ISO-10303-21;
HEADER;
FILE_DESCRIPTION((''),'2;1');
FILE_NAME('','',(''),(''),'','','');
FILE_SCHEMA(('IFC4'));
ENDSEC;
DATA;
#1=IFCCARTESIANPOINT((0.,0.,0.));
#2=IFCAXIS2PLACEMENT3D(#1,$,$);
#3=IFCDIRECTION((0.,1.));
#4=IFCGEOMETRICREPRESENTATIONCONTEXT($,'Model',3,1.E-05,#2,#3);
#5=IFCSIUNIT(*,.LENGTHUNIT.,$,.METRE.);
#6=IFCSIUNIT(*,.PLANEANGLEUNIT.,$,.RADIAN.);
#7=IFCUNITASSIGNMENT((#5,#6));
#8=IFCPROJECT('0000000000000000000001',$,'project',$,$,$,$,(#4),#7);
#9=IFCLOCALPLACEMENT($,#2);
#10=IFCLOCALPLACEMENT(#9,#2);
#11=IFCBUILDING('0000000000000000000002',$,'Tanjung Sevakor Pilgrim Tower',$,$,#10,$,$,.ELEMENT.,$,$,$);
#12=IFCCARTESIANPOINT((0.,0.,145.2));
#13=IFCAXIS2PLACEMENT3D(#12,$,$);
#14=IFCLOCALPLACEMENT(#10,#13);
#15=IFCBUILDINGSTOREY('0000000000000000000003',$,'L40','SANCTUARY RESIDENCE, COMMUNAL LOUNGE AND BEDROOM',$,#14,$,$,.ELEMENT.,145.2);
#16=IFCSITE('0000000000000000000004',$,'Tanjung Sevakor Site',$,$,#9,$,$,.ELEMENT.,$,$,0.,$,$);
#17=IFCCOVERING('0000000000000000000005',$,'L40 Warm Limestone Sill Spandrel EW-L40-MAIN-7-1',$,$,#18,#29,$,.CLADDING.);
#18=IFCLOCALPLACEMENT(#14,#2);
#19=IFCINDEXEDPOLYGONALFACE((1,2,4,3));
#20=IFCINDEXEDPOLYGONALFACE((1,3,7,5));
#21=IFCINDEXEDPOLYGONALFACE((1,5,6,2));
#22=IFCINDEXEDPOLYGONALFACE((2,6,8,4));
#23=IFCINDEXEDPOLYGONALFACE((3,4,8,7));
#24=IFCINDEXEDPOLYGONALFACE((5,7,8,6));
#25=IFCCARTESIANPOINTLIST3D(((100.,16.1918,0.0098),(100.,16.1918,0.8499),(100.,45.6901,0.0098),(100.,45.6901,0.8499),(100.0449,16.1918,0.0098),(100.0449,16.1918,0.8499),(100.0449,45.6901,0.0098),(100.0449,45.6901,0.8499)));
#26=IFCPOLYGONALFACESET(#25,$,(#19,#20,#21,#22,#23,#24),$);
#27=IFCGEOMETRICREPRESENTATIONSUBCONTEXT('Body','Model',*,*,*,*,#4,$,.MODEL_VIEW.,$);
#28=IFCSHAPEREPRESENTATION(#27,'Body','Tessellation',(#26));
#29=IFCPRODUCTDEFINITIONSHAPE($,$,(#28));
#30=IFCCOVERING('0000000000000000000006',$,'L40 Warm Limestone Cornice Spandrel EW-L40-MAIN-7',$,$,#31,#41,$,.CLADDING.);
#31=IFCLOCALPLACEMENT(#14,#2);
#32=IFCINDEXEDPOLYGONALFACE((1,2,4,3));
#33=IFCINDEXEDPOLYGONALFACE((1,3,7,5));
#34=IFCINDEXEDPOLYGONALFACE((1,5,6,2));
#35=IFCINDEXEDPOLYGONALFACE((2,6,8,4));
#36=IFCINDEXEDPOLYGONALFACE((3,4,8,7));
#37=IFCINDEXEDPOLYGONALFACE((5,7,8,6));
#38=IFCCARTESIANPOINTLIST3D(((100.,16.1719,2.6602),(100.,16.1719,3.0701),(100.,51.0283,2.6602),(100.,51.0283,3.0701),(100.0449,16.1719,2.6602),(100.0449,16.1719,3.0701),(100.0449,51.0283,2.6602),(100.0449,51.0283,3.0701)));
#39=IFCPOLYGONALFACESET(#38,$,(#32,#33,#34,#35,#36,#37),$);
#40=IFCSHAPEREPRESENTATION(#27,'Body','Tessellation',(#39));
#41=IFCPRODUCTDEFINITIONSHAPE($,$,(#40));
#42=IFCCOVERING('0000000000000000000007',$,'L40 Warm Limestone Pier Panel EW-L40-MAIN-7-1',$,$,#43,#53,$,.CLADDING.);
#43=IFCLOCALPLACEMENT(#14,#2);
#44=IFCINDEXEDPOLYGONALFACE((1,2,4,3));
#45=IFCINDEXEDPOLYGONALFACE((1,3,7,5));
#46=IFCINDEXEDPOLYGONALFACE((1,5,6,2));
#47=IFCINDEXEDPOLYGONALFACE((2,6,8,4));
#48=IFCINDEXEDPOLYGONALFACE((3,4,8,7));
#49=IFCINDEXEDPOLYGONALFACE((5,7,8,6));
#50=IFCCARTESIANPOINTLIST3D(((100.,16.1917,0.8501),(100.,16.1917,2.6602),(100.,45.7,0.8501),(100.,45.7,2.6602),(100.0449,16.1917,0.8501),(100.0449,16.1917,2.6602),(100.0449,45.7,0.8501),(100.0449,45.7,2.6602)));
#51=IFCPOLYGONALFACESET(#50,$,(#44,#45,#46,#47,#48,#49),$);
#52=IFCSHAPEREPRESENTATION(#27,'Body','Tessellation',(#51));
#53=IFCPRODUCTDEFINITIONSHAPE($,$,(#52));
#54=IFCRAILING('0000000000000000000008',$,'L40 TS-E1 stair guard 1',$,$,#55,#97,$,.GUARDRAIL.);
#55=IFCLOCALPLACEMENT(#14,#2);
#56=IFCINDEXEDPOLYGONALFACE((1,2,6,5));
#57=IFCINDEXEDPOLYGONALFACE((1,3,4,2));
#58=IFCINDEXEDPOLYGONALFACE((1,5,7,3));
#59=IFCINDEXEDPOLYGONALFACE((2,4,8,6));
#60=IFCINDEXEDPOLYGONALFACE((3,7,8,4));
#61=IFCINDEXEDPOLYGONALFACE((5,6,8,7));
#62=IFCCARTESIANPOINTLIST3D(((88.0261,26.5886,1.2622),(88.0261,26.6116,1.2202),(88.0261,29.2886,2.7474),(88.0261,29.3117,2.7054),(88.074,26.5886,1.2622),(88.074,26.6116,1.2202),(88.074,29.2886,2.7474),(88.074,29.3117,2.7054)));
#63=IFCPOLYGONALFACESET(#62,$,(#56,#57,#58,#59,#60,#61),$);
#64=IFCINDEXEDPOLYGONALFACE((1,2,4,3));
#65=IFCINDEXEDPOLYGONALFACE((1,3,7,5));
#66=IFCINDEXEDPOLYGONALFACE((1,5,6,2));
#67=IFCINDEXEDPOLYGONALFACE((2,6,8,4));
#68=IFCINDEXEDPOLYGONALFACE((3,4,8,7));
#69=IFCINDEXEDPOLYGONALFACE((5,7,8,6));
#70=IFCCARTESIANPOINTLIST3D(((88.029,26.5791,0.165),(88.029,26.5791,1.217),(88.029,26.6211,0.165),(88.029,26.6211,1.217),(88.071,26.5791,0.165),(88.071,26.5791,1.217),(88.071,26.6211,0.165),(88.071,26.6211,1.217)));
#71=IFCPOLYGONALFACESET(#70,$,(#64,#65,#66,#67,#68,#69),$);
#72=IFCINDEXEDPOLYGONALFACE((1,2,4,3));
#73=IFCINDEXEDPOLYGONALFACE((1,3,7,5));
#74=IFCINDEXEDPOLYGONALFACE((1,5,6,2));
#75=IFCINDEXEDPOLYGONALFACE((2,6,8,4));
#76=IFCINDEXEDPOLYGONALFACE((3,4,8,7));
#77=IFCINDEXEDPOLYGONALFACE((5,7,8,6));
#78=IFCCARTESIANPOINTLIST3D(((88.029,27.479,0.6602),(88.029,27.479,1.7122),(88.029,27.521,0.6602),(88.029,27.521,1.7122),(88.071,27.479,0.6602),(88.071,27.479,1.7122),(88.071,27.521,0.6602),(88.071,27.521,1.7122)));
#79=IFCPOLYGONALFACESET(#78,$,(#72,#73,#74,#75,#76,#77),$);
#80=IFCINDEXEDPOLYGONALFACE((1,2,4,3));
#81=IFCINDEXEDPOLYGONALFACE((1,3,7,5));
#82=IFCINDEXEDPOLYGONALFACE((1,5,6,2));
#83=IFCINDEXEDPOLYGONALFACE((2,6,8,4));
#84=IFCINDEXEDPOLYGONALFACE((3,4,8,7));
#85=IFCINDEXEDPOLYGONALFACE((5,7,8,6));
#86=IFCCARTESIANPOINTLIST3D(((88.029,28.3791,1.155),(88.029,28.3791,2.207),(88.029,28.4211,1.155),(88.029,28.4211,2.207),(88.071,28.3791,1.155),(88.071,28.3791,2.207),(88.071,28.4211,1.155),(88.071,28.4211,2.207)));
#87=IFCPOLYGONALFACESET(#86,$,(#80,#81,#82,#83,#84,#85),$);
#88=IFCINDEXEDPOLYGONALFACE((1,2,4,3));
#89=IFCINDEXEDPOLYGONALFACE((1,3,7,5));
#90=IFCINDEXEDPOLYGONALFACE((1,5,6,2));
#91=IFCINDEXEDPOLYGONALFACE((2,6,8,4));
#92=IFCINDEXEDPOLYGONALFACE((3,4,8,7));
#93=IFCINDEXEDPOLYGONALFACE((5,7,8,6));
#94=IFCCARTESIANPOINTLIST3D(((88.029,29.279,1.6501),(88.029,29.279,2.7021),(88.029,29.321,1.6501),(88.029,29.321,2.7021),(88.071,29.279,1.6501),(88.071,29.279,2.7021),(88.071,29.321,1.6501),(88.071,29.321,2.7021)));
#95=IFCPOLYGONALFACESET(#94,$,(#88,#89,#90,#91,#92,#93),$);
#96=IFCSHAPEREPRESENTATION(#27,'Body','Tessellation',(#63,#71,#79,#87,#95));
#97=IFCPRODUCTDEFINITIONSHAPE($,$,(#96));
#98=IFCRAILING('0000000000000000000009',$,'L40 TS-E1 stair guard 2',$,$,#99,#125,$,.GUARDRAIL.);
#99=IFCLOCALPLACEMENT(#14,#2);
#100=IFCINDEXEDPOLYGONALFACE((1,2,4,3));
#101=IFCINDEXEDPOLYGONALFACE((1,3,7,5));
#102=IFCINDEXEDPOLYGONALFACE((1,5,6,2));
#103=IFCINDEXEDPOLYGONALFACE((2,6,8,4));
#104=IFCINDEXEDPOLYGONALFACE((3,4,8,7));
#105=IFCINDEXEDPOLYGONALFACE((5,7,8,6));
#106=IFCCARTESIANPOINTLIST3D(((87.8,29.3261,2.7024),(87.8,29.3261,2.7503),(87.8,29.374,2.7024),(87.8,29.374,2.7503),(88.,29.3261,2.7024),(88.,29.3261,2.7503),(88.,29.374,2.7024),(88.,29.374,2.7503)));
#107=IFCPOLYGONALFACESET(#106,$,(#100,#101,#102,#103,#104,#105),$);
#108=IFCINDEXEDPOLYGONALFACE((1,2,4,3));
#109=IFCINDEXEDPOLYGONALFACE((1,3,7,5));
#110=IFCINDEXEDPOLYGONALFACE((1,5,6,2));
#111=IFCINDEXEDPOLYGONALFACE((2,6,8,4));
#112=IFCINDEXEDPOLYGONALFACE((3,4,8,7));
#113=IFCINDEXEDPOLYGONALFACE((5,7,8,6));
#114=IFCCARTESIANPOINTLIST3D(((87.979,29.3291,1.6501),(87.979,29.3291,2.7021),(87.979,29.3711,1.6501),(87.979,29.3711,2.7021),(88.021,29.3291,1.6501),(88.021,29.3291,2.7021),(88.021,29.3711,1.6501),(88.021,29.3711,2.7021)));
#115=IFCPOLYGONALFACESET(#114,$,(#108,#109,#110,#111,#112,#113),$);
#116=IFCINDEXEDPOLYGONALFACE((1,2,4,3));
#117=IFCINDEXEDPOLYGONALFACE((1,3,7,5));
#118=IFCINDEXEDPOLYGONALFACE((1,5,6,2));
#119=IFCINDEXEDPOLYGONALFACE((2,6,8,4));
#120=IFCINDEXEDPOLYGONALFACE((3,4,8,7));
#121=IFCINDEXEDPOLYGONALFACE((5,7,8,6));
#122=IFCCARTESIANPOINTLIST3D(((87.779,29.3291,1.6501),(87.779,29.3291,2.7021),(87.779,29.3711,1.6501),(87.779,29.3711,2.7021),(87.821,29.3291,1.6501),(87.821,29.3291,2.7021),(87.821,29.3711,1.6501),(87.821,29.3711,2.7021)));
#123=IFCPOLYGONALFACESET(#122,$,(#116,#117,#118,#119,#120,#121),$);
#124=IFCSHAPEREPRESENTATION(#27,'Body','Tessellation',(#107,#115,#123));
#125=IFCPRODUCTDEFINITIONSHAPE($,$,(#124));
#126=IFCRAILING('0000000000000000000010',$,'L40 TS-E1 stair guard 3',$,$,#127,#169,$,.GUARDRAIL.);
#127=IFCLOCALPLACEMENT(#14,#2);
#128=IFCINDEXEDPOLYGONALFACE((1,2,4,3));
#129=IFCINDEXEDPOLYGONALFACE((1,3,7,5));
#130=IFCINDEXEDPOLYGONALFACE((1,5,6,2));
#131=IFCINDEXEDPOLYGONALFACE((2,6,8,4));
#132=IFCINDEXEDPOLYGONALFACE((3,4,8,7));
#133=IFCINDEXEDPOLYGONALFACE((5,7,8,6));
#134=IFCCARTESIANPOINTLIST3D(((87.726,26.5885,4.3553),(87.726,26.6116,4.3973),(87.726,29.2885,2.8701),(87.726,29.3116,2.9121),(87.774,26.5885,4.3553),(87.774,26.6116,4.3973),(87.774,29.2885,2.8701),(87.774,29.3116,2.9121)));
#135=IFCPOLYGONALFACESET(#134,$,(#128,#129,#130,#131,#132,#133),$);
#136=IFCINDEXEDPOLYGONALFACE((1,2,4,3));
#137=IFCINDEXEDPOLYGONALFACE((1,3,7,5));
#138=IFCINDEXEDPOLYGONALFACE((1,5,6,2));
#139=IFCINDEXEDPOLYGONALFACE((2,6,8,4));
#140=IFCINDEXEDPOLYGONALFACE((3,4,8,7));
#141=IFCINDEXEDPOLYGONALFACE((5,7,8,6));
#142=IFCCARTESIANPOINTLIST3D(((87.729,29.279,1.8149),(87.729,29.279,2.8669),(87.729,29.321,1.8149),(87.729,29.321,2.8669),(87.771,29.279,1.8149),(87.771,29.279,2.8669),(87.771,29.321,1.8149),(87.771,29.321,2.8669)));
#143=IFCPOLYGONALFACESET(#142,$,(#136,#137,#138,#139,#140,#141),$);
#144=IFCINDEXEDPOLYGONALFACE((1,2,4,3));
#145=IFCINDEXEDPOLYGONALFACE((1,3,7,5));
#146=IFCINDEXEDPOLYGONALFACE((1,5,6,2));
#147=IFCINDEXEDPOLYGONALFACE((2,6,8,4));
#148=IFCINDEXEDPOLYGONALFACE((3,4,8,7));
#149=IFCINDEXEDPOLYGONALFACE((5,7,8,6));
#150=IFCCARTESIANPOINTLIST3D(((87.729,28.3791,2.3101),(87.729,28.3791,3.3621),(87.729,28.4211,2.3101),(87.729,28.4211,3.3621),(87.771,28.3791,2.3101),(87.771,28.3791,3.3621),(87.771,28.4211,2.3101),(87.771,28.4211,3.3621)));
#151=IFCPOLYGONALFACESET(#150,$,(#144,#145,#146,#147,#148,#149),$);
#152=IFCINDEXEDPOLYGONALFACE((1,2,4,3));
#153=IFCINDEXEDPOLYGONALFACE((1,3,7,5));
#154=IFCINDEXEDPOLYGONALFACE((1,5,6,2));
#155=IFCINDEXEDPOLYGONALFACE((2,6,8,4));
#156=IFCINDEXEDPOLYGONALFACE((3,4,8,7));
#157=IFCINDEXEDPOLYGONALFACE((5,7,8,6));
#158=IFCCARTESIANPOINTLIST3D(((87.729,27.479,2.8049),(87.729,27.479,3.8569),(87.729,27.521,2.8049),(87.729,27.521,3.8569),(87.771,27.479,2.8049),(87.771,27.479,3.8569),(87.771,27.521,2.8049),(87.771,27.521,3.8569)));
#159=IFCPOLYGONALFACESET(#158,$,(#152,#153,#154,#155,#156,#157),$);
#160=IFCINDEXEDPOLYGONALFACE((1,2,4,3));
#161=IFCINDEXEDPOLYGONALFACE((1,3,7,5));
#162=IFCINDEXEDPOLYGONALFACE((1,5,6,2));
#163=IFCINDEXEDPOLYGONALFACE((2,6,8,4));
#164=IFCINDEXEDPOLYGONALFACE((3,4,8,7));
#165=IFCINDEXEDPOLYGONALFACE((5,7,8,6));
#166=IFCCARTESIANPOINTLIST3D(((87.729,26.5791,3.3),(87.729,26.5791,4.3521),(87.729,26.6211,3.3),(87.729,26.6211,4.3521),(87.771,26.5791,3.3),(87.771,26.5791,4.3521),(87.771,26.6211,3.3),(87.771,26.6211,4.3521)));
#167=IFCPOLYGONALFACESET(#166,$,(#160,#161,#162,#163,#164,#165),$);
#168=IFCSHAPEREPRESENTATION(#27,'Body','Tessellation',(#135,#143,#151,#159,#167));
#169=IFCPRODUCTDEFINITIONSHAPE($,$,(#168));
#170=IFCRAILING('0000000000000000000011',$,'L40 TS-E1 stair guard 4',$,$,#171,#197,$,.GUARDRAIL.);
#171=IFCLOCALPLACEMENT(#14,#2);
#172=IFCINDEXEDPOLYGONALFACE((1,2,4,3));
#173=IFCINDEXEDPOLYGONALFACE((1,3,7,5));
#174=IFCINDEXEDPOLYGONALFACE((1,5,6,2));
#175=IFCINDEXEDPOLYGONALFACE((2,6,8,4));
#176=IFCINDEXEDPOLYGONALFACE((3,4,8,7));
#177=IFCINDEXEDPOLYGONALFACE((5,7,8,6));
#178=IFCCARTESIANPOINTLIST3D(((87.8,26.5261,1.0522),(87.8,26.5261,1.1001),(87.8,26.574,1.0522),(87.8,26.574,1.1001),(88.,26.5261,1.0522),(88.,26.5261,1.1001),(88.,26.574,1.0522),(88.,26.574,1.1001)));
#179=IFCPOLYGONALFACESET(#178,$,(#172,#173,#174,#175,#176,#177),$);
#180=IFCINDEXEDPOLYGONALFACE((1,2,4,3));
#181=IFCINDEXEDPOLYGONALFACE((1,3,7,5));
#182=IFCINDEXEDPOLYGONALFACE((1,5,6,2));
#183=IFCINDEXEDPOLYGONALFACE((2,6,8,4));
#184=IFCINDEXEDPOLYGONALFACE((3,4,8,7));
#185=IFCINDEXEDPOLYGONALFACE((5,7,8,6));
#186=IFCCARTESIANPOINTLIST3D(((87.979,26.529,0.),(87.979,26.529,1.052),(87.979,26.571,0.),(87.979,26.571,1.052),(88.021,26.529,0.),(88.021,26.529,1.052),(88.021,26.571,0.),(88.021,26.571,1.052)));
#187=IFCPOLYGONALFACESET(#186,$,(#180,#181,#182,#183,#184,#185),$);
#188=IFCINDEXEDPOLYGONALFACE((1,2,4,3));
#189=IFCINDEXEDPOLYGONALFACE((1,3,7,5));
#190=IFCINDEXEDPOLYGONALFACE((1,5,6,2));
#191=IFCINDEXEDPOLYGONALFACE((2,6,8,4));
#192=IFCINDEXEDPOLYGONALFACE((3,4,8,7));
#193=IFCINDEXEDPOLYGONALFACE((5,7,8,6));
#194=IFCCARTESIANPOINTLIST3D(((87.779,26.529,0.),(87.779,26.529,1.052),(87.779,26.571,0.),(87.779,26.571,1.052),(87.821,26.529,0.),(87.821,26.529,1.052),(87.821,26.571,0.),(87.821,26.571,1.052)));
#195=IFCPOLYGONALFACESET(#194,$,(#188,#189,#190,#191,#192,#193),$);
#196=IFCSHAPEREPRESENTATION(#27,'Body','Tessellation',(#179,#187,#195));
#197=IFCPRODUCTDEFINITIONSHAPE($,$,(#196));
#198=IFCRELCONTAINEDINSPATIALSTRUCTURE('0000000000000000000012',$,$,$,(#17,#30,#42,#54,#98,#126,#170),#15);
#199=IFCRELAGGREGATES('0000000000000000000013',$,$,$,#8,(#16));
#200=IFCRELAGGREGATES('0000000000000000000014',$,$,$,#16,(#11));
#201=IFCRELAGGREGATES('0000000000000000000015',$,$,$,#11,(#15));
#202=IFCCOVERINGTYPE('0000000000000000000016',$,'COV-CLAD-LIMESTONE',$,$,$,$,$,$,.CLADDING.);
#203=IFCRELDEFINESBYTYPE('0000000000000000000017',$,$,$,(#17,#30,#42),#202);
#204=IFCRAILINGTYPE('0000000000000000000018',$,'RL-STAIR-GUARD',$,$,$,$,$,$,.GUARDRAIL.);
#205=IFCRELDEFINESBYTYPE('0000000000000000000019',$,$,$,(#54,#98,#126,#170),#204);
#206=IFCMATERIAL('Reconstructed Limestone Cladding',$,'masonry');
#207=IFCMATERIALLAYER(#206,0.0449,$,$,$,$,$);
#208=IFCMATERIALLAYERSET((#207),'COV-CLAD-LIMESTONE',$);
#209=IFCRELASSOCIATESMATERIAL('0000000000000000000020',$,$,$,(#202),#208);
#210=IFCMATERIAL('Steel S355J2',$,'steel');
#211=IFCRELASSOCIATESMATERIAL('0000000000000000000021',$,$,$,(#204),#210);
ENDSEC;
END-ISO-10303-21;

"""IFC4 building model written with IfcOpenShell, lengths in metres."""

from ifc_helpers import new_model, si_unit, direction, frame, origin, origin_2d, place, context, subcontext, project, spatial, rectangle, extrude, material, layer, layer_set, type_object, element, save


model = new_model("IFC4")

# Units and contexts
model_context = context("Model", 3, precision=1e-05, world=origin(), true_north=direction((0.0, 1.0)))
body_context = subcontext(model_context, "Body", "Model", "MODEL_VIEW")
ifc_project = project(units=[si_unit("LENGTHUNIT", "METRE"), si_unit("PLANEANGLEUNIT", "RADIAN")], contexts=[model_context])

# Site, building, storey
site_placement = place(None, origin())
site = spatial("IfcSite", under=ifc_project, at=site_placement, Name="Tanjung Sevakor Site", CompositionType="ELEMENT", RefElevation=0.0)
building_placement = place(site_placement, origin())
building = spatial("IfcBuilding", under=site, at=building_placement, Name="Tanjung Sevakor Pilgrim Tower", CompositionType="ELEMENT")
storey_placement = place(building_placement, frame((0.0, 0.0, 145.2)))
storey = spatial("IfcBuildingStorey", under=building, at=storey_placement, Name="L40", Description="SANCTUARY RESIDENCE, COMMUNAL LOUNGE AND BEDROOM", CompositionType="ELEMENT", Elevation=145.2)

# Coverings
ifc_material_1 = material(Name="Reconstructed Limestone Cladding", Category="masonry")
ifc_layer_1 = layer(ifc_material_1, 0.0449)
ifc_layer_set_1 = layer_set([ifc_layer_1], Name="COV-CLAD-LIMESTONE")
covering_type = type_object("IfcCoveringType", Name="COV-CLAD-LIMESTONE", PredefinedType="CLADDING", material=ifc_layer_set_1)
covering_1_placement = place(storey_placement, frame((100.0225, 30.9409, 0.0098), z_axis=(0.0, 0.0, 1.0), x_axis=(0.0, 1.0, 0.0)))
element("IfcCovering", 1, at=covering_1_placement, inside=storey, type_object=covering_type, Name="L40 Warm Limestone Sill Spandrel EW-L40-MAIN-7-1", PredefinedType="CLADDING", context=body_context, shape_type="SweptSolid", body=[
    extrude(rectangle(XDim=29.4983, YDim=0.0449, at=origin_2d()), origin(), (0.0, 0.0, 1.0), 0.8401),
])
covering_2_placement = place(storey_placement, frame((100.0225, 33.6001, 2.6602), z_axis=(0.0, 0.0, 1.0), x_axis=(0.0, 1.0, 0.0)))
element("IfcCovering", 2, at=covering_2_placement, inside=storey, type_object=covering_type, Name="L40 Warm Limestone Cornice Spandrel EW-L40-MAIN-7", PredefinedType="CLADDING", context=body_context, shape_type="SweptSolid", body=[
    extrude(rectangle(XDim=34.8564, YDim=0.0449, at=origin_2d()), origin(), (0.0, 0.0, 1.0), 0.4099),
])
covering_3_placement = place(storey_placement, frame((100.0225, 30.9458, 0.8501), z_axis=(0.0, 0.0, 1.0), x_axis=(0.0, 1.0, 0.0)))
element("IfcCovering", 3, at=covering_3_placement, inside=storey, type_object=covering_type, Name="L40 Warm Limestone Pier Panel EW-L40-MAIN-7-1", PredefinedType="CLADDING", context=body_context, shape_type="SweptSolid", body=[
    extrude(rectangle(XDim=29.5083, YDim=0.0449, at=origin_2d()), origin(), (0.0, 0.0, 1.0), 1.8101),
])

# Railings
ifc_material_2 = material(Name="Steel S355J2", Category="steel")
railing_type_1 = type_object("IfcRailingType", Name="RL-STAIR-GUARD", PredefinedType="GUARDRAIL", material=ifc_material_2)
railing_1_placement = place(storey_placement, frame((88.05, 26.6001, 0.165)))
element("IfcRailing", 4, at=railing_1_placement, inside=storey, type_object=railing_type_1, Name="L40 TS-E1 stair guard 1", PredefinedType="GUARDRAIL", context=body_context, shape_type="SweptSolid", body=[
    extrude(rectangle(XDim=0.0479, YDim=0.0479), frame((0.0, 0.0, 1.0762), z_axis=(0.0, 0.876198, 0.481952), x_axis=(-1.0, 0.0, 0.0)), (0.0, 0.0, 1.0), 3.0815),
    extrude(rectangle(XDim=0.042, YDim=0.042), origin(), (0.0, 0.0, 1.0), 1.052),
    extrude(rectangle(XDim=0.042, YDim=0.042), frame((0.0, 0.8999, 0.4951)), (0.0, 0.0, 1.0), 1.052),
    extrude(rectangle(XDim=0.042, YDim=0.042), frame((0.0, 1.8, 0.99)), (0.0, 0.0, 1.0), 1.052),
    extrude(rectangle(XDim=0.042, YDim=0.042), frame((0.0, 2.7, 1.4851)), (0.0, 0.0, 1.0), 1.052),
])
railing_2_placement = place(storey_placement, frame((88.0, 29.3501, 1.6501)))
element("IfcRailing", 5, at=railing_2_placement, inside=storey, type_object=railing_type_1, Name="L40 TS-E1 stair guard 2", PredefinedType="GUARDRAIL", context=body_context, shape_type="SweptSolid", body=[
    extrude(rectangle(XDim=0.0479, YDim=0.0479), frame((0.0, 0.0, 1.0762), z_axis=(-1.0, 0.0, 0.0), x_axis=(0.0, -1.0, 0.0)), (0.0, 0.0, 1.0), 0.2),
    extrude(rectangle(XDim=0.042, YDim=0.042), origin(), (0.0, 0.0, 1.0), 1.052),
    extrude(rectangle(XDim=0.042, YDim=0.042), frame((-0.2, 0.0, 0.0)), (0.0, 0.0, 1.0), 1.052),
])
railing_3_placement = place(storey_placement, frame((87.75, 29.3, 1.8149)))
element("IfcRailing", 6, at=railing_3_placement, inside=storey, type_object=railing_type_1, Name="L40 TS-E1 stair guard 3", PredefinedType="GUARDRAIL", context=body_context, shape_type="SweptSolid", body=[
    extrude(rectangle(XDim=0.0479, YDim=0.0479), frame((0.0, 0.0, 1.0762), z_axis=(0.0, -0.876198, 0.481952), x_axis=(1.0, 0.0, 0.0)), (0.0, 0.0, 1.0), 3.0815),
    extrude(rectangle(XDim=0.042, YDim=0.042), origin(), (0.0, 0.0, 1.0), 1.052),
    extrude(rectangle(XDim=0.042, YDim=0.042), frame((0.0, -0.8999, 0.4951)), (0.0, 0.0, 1.0), 1.052),
    extrude(rectangle(XDim=0.042, YDim=0.042), frame((0.0, -1.8, 0.99)), (0.0, 0.0, 1.0), 1.052),
    extrude(rectangle(XDim=0.042, YDim=0.042), frame((0.0, -2.7, 1.4851)), (0.0, 0.0, 1.0), 1.052),
])
railing_4_placement = place(storey_placement, frame((88.0, 26.55, 0.0)))
element("IfcRailing", 7, at=railing_4_placement, inside=storey, type_object=railing_type_1, Name="L40 TS-E1 stair guard 4", PredefinedType="GUARDRAIL", context=body_context, shape_type="SweptSolid", body=[
    extrude(rectangle(XDim=0.0479, YDim=0.0479), frame((0.0, 0.0, 1.0762), z_axis=(-1.0, 0.0, 0.0), x_axis=(0.0, -1.0, 0.0)), (0.0, 0.0, 1.0), 0.2),
    extrude(rectangle(XDim=0.042, YDim=0.042), origin(), (0.0, 0.0, 1.0), 1.052),
    extrude(rectangle(XDim=0.042, YDim=0.042), frame((-0.2, 0.0, 0.0)), (0.0, 0.0, 1.0), 1.052),
])

save(model, "model.ifc")
